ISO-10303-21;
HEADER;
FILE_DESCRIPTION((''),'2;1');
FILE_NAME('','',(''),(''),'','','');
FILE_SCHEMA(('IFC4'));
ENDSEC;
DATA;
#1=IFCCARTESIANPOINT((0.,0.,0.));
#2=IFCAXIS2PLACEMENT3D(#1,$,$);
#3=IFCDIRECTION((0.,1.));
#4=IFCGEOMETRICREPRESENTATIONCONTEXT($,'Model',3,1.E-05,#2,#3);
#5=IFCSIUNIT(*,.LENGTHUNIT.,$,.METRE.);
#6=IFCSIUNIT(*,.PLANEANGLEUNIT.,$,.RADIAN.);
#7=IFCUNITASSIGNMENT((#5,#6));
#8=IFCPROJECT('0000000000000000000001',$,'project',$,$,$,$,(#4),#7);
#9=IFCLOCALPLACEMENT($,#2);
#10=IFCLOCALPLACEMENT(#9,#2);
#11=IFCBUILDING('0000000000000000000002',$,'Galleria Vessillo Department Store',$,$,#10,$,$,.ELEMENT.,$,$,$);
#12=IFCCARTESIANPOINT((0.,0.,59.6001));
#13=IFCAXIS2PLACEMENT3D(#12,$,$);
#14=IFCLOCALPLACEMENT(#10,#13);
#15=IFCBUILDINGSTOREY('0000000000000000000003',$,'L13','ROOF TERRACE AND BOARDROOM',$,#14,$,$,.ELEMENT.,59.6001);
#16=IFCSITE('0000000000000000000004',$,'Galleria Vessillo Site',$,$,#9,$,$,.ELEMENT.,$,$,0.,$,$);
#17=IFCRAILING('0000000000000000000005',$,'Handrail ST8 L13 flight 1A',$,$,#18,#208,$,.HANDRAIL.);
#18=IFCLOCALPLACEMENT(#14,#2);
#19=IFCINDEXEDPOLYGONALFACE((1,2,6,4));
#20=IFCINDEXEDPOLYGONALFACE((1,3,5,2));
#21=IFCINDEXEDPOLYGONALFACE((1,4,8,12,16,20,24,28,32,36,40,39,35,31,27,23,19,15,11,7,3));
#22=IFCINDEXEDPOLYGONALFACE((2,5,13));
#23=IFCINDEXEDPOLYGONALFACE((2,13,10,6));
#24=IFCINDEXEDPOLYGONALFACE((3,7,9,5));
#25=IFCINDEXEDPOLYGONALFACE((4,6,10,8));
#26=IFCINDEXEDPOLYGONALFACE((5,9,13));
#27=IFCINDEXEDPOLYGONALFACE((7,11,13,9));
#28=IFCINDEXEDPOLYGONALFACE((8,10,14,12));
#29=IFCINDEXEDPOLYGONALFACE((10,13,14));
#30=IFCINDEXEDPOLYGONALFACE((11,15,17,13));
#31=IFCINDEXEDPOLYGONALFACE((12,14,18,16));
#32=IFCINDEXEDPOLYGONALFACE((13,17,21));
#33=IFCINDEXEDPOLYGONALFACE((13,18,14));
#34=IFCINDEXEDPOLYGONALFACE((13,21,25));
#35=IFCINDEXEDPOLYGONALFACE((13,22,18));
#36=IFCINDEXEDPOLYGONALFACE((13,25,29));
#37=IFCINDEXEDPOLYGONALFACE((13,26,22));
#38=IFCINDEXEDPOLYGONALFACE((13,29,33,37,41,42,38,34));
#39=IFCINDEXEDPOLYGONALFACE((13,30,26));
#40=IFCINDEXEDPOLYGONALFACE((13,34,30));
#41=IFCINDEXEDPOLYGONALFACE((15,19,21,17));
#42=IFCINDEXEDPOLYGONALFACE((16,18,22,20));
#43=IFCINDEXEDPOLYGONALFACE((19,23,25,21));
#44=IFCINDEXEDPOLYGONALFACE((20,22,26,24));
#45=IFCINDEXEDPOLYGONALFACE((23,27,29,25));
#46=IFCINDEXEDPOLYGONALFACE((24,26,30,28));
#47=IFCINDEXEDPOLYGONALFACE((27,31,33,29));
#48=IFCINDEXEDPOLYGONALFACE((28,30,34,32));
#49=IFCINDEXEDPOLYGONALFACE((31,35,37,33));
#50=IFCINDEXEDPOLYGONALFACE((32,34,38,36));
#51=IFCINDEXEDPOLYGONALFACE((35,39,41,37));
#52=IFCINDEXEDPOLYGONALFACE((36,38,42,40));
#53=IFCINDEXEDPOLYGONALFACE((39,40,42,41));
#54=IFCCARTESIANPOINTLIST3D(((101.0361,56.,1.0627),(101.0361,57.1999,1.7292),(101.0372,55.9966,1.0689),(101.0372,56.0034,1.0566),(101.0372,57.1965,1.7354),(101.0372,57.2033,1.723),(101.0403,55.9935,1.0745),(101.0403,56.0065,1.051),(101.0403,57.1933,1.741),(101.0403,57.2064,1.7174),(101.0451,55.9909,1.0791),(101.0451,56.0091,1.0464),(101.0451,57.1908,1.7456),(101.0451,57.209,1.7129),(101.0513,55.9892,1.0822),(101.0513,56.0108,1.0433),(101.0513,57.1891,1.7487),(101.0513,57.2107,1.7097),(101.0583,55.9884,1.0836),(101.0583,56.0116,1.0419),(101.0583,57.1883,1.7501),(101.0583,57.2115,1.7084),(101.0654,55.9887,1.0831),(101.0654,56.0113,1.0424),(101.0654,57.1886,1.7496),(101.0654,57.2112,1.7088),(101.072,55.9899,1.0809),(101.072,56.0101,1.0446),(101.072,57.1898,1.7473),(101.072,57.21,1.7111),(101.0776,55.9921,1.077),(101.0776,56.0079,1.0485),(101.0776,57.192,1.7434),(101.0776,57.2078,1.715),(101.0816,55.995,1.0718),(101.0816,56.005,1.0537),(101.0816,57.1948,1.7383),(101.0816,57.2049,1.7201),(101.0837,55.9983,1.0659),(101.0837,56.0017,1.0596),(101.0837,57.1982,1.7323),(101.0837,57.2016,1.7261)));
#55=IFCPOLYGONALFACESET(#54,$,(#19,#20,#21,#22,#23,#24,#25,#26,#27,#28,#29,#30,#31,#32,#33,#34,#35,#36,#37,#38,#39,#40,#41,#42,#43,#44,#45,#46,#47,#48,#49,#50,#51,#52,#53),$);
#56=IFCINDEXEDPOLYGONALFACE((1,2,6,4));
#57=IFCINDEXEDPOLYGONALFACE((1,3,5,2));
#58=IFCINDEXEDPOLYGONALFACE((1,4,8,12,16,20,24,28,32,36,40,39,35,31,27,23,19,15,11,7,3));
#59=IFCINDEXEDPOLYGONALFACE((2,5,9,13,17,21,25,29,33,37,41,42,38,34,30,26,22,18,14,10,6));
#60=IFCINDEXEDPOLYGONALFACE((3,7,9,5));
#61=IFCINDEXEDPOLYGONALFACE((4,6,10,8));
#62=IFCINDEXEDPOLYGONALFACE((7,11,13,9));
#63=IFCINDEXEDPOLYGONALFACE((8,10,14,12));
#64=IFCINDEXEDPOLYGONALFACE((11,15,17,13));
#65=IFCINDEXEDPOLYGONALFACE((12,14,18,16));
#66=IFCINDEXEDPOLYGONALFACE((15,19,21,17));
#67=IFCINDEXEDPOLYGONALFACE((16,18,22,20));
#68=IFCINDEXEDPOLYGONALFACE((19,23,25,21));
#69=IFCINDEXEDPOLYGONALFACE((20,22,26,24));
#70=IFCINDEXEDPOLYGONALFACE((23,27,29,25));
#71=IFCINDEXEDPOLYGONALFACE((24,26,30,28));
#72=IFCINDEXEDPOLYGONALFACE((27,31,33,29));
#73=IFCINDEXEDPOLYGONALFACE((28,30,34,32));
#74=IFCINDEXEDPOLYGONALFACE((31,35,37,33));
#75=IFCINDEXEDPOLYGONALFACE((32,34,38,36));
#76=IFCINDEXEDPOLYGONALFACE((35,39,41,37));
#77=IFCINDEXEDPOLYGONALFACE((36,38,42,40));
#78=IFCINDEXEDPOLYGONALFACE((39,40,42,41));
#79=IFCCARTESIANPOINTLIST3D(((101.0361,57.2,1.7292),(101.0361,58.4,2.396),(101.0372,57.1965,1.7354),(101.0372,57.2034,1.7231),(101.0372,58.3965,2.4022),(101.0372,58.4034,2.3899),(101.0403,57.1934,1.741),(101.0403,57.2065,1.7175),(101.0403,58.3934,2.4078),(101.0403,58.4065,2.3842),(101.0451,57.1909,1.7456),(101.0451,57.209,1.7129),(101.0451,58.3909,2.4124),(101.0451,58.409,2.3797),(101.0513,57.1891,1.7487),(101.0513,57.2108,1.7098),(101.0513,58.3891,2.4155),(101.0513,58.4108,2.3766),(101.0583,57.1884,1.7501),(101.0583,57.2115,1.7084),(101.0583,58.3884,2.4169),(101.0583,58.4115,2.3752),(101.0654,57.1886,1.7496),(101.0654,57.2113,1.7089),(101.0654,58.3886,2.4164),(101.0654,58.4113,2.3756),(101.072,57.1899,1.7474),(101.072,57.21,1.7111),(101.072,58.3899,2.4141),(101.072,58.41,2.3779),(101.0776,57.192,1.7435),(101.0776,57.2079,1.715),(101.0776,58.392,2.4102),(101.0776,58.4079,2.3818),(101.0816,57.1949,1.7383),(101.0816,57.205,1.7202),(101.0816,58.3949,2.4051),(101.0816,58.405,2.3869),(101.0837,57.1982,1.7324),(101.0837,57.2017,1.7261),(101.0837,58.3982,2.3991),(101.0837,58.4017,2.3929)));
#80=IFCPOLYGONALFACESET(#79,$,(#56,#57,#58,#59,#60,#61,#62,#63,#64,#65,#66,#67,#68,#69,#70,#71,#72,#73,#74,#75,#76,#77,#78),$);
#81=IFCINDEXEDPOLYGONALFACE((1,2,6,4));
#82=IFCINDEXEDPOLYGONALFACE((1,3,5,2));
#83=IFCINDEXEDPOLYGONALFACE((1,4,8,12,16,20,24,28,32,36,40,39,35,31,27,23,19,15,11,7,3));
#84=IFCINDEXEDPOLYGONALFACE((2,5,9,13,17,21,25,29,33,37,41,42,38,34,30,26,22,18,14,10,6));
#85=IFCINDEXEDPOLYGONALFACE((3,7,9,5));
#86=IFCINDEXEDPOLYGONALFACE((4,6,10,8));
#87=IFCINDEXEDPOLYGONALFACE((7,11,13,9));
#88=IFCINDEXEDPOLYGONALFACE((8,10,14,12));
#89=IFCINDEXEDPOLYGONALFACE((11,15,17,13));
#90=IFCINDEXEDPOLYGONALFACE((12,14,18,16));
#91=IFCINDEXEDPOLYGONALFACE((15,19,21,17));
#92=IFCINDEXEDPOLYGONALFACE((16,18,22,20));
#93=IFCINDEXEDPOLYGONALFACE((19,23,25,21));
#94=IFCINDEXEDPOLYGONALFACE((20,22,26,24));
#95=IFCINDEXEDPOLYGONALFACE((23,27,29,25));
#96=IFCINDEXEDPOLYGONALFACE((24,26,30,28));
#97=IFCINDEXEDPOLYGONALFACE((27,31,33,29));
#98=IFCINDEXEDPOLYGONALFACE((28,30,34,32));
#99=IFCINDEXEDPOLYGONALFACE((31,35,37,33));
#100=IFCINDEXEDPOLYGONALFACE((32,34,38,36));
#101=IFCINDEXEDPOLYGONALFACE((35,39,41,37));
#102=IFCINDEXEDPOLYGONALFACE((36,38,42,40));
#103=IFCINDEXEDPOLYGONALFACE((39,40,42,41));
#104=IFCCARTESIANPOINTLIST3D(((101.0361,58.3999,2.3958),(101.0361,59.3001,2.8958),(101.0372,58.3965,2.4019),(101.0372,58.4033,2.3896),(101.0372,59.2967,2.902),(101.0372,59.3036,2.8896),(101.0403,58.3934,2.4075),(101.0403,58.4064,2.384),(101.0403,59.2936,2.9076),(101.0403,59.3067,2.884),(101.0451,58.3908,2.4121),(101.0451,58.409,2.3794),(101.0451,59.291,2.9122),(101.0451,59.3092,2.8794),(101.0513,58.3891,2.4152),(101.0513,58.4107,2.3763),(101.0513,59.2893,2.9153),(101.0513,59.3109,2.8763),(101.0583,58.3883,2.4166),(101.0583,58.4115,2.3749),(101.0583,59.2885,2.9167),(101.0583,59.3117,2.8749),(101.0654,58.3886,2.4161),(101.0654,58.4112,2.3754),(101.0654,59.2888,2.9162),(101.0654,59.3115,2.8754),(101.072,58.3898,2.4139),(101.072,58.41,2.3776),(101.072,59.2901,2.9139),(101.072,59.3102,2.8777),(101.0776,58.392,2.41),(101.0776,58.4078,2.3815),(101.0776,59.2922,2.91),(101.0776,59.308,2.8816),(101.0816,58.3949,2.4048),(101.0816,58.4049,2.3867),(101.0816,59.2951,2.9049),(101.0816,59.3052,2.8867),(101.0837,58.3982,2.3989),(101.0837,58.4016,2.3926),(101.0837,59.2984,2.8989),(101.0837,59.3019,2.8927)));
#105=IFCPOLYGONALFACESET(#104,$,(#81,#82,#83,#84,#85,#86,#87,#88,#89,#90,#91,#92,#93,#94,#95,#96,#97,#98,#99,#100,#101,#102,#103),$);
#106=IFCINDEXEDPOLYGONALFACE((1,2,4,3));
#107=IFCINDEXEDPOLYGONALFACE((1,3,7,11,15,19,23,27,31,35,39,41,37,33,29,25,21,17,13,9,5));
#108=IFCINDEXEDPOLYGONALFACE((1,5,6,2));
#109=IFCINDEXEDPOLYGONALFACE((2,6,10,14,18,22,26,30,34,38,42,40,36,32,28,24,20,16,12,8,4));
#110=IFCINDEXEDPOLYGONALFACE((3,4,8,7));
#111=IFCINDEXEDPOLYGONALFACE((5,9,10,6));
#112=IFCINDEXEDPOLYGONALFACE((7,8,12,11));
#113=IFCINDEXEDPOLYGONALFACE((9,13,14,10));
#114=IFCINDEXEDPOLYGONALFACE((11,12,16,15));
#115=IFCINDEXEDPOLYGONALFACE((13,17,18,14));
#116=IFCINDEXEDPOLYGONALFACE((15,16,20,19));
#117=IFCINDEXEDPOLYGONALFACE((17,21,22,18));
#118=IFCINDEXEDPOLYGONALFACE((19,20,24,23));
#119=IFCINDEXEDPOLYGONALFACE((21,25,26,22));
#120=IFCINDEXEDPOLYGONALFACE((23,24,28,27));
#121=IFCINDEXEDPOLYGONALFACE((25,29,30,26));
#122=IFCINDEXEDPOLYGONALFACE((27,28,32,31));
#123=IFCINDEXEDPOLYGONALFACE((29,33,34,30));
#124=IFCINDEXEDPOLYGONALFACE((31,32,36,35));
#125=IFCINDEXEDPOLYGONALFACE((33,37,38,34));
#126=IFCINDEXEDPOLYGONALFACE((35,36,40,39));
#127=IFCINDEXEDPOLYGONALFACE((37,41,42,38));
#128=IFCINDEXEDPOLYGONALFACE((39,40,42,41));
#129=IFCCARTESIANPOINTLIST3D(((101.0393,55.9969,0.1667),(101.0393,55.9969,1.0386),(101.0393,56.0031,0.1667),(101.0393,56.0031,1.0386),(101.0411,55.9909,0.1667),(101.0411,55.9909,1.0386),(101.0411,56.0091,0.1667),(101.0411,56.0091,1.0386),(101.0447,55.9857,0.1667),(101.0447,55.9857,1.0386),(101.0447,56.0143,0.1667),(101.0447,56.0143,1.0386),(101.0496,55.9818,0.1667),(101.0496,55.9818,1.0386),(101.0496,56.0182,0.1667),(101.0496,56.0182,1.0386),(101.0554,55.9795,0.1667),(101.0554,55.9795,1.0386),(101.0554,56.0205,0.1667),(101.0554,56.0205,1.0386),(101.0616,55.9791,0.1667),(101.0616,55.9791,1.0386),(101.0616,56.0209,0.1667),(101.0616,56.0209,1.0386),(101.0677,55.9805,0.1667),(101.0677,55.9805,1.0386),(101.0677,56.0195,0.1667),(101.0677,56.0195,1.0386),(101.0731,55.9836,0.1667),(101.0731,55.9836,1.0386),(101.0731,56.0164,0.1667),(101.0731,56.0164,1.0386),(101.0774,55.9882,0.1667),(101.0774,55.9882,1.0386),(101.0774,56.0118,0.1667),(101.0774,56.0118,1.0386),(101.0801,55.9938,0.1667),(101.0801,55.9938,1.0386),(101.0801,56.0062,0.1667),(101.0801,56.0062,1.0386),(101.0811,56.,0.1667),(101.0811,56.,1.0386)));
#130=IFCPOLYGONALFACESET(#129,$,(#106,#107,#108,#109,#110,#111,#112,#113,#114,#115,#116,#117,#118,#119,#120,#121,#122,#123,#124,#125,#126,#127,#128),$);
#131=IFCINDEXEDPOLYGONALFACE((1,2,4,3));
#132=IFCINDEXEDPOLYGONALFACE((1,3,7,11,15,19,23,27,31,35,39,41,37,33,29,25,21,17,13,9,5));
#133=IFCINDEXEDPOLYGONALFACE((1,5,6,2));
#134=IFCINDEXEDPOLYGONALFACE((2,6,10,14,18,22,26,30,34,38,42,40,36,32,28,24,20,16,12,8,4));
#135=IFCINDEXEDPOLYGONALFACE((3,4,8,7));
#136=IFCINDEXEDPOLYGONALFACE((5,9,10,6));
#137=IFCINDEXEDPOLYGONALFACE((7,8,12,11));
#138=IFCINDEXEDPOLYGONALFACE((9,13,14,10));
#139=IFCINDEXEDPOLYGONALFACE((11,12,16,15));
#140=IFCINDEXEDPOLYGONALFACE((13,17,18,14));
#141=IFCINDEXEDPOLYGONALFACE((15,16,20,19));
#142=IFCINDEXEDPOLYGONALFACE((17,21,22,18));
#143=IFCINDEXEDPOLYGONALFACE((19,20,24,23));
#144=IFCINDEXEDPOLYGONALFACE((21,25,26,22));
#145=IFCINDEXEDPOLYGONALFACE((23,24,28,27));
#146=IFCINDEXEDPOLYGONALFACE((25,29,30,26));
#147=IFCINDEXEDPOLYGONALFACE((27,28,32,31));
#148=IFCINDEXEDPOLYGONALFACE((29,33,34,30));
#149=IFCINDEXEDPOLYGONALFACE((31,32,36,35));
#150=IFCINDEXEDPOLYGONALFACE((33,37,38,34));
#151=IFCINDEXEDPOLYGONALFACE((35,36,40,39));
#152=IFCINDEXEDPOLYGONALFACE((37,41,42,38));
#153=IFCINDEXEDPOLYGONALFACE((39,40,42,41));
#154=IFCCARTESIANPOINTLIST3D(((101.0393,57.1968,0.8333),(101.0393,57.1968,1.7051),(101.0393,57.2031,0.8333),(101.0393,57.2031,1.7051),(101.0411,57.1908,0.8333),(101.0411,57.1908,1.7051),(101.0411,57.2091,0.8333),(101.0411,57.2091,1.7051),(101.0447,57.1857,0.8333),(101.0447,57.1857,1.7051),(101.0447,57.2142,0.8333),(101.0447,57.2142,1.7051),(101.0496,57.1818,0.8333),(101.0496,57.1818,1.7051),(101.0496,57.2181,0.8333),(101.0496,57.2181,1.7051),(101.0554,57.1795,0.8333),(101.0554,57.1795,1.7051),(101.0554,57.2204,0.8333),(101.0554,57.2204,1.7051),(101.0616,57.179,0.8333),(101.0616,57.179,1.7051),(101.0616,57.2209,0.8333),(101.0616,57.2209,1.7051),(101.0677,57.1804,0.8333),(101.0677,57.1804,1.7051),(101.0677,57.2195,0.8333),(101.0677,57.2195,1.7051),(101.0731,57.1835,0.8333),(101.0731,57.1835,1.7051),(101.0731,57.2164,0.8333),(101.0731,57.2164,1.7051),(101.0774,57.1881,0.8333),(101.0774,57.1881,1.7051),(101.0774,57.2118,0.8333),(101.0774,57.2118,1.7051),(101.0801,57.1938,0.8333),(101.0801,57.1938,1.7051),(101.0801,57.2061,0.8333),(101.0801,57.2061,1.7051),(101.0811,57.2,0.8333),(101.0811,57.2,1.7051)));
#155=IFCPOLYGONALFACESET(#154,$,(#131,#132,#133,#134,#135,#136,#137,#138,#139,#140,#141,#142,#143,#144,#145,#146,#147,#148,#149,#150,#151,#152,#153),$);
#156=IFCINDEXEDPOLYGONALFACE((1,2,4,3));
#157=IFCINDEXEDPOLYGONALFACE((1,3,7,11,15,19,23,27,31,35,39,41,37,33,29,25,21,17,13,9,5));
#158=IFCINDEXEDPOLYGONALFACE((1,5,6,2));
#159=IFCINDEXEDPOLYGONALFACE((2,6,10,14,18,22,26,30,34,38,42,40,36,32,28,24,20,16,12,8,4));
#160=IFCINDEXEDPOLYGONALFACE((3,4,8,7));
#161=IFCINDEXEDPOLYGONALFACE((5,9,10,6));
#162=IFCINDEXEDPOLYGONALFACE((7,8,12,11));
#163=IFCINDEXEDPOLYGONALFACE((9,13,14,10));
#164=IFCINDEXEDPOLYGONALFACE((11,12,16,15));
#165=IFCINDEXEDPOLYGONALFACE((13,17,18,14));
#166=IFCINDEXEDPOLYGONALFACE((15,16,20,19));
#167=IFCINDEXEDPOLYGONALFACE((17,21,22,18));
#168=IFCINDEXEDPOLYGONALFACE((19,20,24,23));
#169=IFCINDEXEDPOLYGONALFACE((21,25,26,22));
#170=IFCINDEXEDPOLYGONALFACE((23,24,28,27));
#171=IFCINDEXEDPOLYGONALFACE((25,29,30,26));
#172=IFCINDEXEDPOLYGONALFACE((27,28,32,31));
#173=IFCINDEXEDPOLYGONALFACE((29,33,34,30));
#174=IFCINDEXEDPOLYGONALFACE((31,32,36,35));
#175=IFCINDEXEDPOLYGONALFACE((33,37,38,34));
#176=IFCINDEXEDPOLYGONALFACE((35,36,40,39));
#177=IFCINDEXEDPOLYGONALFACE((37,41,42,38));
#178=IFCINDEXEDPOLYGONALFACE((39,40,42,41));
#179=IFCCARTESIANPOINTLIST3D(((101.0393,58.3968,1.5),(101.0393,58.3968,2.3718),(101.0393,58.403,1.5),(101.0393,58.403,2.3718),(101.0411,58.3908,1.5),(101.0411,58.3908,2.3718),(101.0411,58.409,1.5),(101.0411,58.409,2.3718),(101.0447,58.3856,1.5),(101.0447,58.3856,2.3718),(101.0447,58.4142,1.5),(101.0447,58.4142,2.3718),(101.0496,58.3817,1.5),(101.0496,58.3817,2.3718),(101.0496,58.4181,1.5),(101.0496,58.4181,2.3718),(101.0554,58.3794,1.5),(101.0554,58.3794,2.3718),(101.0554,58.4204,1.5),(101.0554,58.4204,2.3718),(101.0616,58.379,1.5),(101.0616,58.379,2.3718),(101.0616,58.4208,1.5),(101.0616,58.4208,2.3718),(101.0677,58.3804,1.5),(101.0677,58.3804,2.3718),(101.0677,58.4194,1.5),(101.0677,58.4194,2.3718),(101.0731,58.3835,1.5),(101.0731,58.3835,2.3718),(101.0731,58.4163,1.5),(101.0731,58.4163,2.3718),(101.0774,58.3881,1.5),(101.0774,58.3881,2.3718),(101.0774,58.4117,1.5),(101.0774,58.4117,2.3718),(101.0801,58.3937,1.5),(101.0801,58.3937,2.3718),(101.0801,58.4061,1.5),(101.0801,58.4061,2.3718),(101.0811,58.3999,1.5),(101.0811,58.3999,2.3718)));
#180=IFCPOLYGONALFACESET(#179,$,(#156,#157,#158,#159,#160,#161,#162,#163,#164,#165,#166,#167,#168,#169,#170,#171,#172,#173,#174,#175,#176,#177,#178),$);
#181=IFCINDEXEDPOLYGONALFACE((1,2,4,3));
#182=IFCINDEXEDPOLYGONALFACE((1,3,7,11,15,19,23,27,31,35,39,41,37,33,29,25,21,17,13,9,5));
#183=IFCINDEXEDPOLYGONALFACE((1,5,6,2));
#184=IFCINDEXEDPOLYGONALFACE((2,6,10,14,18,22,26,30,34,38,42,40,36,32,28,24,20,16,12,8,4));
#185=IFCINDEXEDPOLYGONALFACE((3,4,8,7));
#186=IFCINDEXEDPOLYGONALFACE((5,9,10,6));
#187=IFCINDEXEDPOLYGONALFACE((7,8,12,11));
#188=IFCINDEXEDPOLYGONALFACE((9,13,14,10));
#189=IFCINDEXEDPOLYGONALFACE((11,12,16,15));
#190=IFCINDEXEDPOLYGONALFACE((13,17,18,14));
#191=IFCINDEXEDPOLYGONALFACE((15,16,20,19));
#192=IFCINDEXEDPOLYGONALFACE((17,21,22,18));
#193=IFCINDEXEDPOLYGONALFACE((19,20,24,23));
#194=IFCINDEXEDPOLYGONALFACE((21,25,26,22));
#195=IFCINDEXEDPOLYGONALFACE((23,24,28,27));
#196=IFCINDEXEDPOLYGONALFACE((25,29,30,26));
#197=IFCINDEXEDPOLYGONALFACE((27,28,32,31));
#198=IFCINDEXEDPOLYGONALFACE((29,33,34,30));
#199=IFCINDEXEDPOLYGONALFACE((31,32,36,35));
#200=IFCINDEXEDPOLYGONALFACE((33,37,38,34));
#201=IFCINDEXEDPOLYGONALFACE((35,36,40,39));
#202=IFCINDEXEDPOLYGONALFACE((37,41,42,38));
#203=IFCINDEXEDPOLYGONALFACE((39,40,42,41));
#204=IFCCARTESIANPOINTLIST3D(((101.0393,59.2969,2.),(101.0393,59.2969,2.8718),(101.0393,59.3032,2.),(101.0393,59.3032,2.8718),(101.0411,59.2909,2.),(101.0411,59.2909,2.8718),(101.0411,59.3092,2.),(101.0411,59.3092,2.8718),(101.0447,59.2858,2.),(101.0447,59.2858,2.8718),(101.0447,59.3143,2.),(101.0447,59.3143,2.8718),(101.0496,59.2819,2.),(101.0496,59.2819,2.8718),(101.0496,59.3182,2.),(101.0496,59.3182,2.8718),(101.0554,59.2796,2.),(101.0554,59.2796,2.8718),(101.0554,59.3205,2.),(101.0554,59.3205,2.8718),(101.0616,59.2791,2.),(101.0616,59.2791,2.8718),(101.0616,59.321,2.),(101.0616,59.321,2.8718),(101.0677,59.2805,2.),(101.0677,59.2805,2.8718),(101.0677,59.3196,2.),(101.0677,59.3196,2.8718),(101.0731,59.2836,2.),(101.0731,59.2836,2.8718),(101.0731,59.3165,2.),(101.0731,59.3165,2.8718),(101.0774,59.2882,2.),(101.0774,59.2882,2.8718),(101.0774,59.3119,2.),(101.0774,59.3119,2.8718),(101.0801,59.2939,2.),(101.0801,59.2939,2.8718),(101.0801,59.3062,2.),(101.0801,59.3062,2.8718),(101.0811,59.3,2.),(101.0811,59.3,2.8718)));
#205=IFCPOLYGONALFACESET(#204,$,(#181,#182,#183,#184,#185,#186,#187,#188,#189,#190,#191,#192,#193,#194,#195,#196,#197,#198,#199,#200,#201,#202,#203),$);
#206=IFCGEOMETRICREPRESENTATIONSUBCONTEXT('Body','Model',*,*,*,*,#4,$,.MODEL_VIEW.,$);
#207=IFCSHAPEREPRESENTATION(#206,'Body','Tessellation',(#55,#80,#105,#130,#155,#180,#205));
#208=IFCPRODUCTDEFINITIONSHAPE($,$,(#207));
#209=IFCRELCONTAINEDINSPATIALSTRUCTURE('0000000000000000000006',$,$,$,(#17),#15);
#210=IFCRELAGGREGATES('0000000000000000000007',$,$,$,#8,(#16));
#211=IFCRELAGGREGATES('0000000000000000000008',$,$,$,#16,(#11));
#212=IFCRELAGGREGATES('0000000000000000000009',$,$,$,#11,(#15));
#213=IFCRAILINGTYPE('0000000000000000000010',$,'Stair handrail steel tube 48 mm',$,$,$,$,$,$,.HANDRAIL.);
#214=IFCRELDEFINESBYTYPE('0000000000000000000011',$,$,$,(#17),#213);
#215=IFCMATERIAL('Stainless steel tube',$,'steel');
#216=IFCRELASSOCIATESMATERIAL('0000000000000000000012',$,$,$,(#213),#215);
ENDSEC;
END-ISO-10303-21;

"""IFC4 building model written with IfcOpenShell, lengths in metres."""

from ifc_helpers import new_model, si_unit, direction, frame, origin, origin_2d, place, context, subcontext, project, spatial, circle, extrude, material, type_object, element, save


model = new_model("IFC4")

# Units and contexts
model_context = context("Model", 3, precision=1e-05, world=origin(), true_north=direction((0.0, 1.0)))
body_context = subcontext(model_context, "Body", "Model", "MODEL_VIEW")
ifc_project = project(units=[si_unit("LENGTHUNIT", "METRE"), si_unit("PLANEANGLEUNIT", "RADIAN")], contexts=[model_context])

# Site, building, storey
site_placement = place(None, origin())
site = spatial("IfcSite", under=ifc_project, at=site_placement, Name="Galleria Vessillo Site", CompositionType="ELEMENT", RefElevation=0.0)
building_placement = place(site_placement, origin())
building = spatial("IfcBuilding", under=site, at=building_placement, Name="Galleria Vessillo Department Store", CompositionType="ELEMENT")
storey_placement = place(building_placement, frame((0.0, 0.0, 59.6001)))
storey = spatial("IfcBuildingStorey", under=building, at=storey_placement, Name="L13", Description="ROOF TERRACE AND BOARDROOM", CompositionType="ELEMENT", Elevation=59.6001)

# Railing
ifc_material_1 = material(Name="Stainless steel tube", Category="steel")
railing_type = type_object("IfcRailingType", Name="Stair handrail steel tube 48 mm", PredefinedType="HANDRAIL", material=ifc_material_1)
for number, where, name in (
    (1, (101.0601, 56.0, 0.1667), "Handrail ST8 L13 flight 1A"),
):
    element("IfcRailing", number, at=place(storey_placement, frame(where)), inside=storey, type_object=railing_type, Name=name, PredefinedType="HANDRAIL", context=body_context, shape_type="SweptSolid", body=[
        extrude(circle(Radius=0.0239, at=origin_2d()), frame((0.0, 0.0, 0.896), z_axis=(0.0, 0.874199, 0.485567), x_axis=(-1.0, 0.0, 0.0)), (0.0, 0.0, 1.0), 1.3726),
        extrude(circle(Radius=0.0239, at=origin_2d()), frame((0.0, 1.2, 1.5625), z_axis=(0.0, 0.874124, 0.485703), x_axis=(-1.0, 0.0, 0.0)), (0.0, 0.0, 1.0), 1.3728),
        extrude(circle(Radius=0.0239, at=origin_2d()), frame((0.0, 2.3999, 2.229), z_axis=(0.0, 0.874191, 0.485583), x_axis=(-1.0, 0.0, 0.0)), (0.0, 0.0, 1.0), 1.0298),
        extrude(circle(Radius=0.021, at=origin_2d()), origin(), (0.0, 0.0, 1.0), 0.8718),
        extrude(circle(Radius=0.021, at=origin_2d()), frame((0.0, 1.2, 0.6665)), (0.0, 0.0, 1.0), 0.8718),
        extrude(circle(Radius=0.021, at=origin_2d()), frame((0.0, 2.3999, 1.3333)), (0.0, 0.0, 1.0), 0.8718),
        extrude(circle(Radius=0.021, at=origin_2d()), frame((0.0, 3.3, 1.8333)), (0.0, 0.0, 1.0), 0.8718),
    ])

save(model, "model.ifc")
